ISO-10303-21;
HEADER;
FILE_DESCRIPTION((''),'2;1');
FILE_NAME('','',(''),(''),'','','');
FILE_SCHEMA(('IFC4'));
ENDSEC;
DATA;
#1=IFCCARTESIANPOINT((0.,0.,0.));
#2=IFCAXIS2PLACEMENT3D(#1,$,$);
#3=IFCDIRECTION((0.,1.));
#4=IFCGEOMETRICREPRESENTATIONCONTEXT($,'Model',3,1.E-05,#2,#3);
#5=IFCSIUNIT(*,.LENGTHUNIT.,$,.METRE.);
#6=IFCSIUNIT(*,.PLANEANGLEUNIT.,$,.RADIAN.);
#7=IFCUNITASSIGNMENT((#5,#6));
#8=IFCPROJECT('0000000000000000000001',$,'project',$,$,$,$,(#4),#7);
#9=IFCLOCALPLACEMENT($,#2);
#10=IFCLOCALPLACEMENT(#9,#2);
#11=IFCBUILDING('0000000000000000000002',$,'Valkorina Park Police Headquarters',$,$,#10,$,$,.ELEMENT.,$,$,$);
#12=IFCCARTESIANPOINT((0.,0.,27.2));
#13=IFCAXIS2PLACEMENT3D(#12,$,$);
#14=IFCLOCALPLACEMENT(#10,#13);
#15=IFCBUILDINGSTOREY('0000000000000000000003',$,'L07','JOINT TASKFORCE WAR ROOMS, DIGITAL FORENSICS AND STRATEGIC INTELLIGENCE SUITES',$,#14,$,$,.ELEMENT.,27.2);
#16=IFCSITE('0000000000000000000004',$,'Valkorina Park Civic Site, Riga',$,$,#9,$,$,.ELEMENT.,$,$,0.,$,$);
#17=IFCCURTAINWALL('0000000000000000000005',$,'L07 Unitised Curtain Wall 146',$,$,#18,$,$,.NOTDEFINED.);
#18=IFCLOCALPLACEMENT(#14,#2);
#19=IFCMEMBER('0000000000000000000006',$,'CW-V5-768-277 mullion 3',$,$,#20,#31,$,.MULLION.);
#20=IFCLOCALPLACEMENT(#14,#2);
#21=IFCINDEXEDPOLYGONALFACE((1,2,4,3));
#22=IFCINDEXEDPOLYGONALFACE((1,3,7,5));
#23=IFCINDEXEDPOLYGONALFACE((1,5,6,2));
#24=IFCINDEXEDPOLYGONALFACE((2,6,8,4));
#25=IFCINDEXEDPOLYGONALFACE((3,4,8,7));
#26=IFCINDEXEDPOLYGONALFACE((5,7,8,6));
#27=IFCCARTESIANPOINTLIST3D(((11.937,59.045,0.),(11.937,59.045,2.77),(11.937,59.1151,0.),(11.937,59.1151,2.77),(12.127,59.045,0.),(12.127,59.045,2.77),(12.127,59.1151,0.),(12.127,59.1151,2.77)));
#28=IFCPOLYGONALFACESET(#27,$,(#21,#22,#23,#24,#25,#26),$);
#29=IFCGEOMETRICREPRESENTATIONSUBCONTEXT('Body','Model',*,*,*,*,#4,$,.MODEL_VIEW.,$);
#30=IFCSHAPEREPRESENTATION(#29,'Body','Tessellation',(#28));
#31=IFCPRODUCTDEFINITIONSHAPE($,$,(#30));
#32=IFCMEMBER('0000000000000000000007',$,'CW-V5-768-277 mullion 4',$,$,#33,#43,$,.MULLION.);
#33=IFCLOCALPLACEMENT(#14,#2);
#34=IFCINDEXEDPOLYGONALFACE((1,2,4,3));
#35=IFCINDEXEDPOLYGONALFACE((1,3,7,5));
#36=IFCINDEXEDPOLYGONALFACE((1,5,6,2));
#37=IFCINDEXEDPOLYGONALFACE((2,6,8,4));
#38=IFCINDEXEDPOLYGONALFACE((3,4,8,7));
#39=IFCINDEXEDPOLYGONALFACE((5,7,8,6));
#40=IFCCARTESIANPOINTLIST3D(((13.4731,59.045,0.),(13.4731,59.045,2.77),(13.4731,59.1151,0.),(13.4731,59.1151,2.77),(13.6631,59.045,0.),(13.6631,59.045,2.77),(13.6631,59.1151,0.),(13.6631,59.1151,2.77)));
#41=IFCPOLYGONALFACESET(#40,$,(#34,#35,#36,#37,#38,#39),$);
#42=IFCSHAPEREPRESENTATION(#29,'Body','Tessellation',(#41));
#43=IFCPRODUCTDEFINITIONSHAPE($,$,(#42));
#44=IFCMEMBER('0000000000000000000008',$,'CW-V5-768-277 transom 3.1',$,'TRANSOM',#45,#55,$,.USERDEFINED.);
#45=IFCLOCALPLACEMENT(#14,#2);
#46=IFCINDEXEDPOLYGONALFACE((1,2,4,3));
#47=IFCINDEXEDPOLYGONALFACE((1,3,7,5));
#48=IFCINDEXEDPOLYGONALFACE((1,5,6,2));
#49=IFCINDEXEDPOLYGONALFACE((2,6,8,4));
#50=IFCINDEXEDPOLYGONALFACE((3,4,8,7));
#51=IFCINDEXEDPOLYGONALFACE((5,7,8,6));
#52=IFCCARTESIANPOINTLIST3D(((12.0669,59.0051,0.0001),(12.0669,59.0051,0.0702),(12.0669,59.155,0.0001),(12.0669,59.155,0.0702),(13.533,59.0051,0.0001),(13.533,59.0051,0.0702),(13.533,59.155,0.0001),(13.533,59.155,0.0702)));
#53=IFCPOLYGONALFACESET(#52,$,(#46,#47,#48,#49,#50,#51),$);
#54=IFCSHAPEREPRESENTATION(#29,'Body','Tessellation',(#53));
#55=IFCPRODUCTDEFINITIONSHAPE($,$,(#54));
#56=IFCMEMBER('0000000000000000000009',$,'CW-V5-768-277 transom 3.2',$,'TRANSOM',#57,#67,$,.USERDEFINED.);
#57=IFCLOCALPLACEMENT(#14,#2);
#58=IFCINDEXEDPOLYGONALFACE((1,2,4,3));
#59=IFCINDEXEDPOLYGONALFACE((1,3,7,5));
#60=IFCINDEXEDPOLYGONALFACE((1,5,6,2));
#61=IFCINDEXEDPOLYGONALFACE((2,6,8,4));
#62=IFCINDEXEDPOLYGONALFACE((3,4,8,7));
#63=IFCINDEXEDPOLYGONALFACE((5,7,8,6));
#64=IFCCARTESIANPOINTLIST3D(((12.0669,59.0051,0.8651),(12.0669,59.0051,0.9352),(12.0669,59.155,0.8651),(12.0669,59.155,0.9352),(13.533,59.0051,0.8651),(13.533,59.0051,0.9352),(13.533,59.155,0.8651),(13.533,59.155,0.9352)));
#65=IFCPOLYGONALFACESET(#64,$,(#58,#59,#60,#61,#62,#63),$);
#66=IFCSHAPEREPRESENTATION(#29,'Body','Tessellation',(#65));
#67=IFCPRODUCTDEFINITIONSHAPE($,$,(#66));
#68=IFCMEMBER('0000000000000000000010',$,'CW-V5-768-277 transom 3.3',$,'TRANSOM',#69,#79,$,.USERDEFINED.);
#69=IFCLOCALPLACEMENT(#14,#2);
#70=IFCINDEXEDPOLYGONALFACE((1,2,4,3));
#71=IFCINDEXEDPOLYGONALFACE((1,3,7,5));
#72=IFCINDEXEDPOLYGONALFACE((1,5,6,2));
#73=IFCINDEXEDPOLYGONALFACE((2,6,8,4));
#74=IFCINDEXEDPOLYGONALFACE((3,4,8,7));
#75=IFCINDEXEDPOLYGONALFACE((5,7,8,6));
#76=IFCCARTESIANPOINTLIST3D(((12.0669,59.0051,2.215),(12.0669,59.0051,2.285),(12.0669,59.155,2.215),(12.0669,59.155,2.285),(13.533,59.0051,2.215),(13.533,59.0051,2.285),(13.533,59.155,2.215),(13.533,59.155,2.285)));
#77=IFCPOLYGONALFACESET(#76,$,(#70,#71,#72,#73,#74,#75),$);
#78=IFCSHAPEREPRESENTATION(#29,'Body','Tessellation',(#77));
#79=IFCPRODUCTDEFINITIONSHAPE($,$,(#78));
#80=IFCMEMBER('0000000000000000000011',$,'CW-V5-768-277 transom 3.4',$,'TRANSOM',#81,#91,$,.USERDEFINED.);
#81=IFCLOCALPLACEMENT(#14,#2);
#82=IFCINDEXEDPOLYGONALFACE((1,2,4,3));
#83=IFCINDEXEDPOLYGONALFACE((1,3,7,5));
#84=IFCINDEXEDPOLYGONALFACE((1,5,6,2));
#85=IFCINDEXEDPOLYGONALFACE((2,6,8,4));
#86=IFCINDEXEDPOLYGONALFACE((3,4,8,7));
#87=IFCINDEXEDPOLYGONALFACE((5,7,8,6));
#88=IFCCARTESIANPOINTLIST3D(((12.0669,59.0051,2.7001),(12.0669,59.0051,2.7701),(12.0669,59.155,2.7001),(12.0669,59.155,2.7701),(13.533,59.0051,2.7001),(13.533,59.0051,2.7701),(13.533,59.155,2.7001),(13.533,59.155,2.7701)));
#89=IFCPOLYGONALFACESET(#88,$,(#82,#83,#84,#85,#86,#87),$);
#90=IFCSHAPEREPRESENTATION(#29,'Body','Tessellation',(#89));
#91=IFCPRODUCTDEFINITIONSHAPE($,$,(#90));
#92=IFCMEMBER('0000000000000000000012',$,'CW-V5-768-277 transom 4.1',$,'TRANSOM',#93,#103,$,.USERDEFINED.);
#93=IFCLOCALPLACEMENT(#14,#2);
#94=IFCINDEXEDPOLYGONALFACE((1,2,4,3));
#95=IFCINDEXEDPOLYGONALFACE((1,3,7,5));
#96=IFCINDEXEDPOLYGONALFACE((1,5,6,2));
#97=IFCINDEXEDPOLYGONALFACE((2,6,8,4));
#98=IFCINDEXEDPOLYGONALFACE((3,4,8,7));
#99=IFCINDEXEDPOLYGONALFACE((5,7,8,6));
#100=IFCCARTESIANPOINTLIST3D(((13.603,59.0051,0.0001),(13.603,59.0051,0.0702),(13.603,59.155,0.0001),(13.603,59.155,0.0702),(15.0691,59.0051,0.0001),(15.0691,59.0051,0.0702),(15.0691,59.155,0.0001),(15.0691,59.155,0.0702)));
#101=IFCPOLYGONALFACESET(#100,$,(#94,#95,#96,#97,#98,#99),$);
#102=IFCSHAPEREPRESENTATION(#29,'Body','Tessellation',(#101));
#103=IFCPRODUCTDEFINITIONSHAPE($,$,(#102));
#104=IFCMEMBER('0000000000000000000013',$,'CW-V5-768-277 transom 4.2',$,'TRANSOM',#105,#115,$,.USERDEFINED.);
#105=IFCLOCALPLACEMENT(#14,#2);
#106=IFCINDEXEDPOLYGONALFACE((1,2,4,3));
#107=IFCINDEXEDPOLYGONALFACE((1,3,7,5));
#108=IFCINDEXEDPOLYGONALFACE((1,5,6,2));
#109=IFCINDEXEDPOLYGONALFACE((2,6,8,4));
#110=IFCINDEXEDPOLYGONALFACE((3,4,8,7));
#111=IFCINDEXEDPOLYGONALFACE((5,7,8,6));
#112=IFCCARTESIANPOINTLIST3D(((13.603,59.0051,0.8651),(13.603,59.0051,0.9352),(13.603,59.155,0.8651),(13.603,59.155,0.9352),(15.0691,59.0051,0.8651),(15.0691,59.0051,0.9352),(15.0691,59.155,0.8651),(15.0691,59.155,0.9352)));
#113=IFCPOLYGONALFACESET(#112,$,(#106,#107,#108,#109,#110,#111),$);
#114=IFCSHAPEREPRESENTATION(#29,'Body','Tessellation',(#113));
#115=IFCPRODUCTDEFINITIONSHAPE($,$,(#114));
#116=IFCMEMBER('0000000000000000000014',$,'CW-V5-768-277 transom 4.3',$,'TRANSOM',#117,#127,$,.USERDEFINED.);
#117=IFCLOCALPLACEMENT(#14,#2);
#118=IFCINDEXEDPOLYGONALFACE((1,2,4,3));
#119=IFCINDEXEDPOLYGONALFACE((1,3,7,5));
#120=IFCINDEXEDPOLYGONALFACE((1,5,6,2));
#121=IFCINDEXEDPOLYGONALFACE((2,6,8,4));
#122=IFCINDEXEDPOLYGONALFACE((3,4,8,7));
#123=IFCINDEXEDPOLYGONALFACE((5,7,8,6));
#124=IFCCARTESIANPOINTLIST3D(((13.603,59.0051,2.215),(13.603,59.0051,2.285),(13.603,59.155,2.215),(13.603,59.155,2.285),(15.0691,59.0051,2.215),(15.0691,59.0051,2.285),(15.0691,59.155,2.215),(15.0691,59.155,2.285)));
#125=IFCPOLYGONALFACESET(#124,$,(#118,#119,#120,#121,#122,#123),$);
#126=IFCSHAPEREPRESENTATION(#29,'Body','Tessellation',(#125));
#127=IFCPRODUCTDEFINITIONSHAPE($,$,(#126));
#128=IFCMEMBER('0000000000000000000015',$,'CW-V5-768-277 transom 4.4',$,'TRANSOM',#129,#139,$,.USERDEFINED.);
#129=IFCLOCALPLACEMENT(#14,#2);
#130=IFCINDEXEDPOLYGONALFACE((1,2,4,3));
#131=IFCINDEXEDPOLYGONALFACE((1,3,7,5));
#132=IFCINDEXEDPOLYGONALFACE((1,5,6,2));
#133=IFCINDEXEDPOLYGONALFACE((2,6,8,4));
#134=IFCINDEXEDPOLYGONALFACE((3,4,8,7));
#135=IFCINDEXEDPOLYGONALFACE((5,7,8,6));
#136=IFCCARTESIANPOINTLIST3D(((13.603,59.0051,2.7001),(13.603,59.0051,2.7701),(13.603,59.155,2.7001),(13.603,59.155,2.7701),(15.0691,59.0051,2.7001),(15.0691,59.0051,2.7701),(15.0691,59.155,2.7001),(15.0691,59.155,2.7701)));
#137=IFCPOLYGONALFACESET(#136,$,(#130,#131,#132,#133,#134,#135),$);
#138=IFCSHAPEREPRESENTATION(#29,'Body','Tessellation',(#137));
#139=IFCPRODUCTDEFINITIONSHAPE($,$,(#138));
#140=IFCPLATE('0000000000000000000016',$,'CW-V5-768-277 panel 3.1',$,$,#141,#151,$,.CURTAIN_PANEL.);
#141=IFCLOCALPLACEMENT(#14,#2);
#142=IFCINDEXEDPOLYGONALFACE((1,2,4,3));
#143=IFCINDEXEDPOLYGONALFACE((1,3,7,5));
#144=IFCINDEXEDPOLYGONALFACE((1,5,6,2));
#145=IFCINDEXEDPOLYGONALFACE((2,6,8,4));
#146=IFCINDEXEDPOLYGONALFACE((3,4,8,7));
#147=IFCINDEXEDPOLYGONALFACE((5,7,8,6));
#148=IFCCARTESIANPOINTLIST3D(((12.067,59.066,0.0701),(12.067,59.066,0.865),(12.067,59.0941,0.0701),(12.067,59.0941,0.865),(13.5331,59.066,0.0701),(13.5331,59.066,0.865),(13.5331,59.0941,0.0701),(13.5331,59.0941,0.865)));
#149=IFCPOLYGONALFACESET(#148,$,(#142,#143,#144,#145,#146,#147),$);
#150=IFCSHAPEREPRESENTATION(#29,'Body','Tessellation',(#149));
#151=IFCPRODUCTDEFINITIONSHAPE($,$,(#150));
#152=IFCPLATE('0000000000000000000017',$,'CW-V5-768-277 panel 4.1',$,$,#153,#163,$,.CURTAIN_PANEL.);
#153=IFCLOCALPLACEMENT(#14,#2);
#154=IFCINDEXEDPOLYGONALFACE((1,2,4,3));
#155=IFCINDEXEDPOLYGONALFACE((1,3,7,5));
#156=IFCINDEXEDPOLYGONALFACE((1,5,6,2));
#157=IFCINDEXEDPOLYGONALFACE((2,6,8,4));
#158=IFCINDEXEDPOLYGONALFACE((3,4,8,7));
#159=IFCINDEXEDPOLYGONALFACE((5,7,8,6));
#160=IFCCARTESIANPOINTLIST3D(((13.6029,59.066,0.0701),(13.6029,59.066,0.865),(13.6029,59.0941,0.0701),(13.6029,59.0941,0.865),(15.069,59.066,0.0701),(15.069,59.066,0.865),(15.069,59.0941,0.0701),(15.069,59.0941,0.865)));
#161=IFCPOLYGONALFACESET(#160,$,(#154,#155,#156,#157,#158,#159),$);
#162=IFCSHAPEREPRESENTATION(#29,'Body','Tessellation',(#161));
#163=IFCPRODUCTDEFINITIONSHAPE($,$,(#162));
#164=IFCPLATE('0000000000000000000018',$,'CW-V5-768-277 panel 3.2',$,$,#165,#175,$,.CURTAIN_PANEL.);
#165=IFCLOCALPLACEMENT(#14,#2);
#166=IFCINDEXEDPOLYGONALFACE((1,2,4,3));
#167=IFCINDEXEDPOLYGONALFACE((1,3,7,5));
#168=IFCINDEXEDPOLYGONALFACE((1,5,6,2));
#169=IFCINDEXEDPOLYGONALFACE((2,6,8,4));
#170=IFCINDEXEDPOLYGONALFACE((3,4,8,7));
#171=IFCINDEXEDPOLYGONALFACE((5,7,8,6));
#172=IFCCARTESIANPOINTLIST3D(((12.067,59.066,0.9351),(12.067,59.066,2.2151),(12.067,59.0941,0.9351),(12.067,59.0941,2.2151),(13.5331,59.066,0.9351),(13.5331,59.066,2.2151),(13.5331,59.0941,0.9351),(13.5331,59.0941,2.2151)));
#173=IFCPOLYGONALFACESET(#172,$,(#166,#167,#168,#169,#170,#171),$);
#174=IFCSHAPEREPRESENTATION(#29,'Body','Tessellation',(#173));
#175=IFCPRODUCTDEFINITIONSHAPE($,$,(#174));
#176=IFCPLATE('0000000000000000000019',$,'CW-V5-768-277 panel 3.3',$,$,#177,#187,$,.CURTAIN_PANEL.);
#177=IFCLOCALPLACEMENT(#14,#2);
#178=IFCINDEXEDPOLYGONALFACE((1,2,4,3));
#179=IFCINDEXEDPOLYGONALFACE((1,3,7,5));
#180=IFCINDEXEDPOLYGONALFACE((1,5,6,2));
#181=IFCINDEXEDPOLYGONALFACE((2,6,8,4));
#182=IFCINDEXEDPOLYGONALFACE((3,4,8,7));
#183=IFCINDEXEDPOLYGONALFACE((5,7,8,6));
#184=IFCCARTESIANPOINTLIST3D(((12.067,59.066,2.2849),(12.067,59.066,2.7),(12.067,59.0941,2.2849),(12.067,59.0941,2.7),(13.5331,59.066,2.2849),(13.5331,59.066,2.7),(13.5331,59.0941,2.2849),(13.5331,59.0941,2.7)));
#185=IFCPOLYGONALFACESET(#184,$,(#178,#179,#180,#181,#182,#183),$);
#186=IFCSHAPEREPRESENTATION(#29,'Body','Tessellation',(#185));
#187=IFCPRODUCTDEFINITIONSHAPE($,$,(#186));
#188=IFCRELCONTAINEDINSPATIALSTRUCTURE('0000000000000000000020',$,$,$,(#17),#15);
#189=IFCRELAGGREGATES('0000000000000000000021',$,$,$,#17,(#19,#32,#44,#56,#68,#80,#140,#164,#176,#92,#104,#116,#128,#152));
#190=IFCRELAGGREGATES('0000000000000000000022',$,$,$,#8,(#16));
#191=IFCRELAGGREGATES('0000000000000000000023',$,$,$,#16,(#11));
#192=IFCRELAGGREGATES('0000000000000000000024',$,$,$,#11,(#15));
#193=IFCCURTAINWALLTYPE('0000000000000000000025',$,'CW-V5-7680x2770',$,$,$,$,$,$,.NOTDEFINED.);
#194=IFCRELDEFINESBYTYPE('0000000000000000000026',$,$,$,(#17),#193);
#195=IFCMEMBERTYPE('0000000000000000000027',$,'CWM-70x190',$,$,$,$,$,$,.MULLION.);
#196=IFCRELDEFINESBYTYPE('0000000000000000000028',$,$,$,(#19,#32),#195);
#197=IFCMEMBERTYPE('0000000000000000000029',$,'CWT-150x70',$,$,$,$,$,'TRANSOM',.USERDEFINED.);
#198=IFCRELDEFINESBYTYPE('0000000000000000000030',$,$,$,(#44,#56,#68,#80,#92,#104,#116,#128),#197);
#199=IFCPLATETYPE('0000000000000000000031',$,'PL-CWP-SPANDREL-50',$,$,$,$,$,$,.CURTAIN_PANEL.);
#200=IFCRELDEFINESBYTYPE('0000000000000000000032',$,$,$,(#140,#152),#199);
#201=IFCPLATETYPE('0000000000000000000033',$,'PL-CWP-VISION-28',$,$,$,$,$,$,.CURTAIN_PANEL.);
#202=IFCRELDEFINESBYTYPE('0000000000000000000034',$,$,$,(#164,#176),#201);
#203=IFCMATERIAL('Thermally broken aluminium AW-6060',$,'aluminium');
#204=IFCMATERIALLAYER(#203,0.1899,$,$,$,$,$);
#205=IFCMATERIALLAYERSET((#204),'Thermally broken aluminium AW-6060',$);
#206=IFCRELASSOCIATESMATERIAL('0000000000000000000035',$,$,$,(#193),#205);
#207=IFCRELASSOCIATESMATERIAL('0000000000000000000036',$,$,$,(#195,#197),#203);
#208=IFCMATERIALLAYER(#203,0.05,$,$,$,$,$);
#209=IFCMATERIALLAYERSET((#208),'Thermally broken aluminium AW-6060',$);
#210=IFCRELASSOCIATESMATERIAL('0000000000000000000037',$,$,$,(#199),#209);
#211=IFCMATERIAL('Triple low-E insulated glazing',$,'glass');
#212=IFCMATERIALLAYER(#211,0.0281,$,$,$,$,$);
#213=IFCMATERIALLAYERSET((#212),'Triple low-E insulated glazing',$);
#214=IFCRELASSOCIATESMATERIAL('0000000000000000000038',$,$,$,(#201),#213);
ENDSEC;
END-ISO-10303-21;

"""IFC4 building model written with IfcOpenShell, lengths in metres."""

from ifc_helpers import new_model, si_unit, direction, frame, origin, origin_2d, place, context, subcontext, project, spatial, rectangle, extrude, material, layer, layer_set, material_profile, profile_set, type_object, element, aggregate, save


model = new_model("IFC4")

# Units and contexts
model_context = context("Model", 3, precision=1e-05, world=origin(), true_north=direction((0.0, 1.0)))
body_context = subcontext(model_context, "Body", "Model", "MODEL_VIEW")
ifc_project = project(units=[si_unit("LENGTHUNIT", "METRE"), si_unit("PLANEANGLEUNIT", "RADIAN")], contexts=[model_context])

# Site, building, storey
site_placement = place(None, origin())
site = spatial("IfcSite", under=ifc_project, at=site_placement, Name="Valkorina Park Civic Site, Riga", CompositionType="ELEMENT", RefElevation=0.0)
building_placement = place(site_placement, origin())
building = spatial("IfcBuilding", under=site, at=building_placement, Name="Valkorina Park Police Headquarters", CompositionType="ELEMENT")
storey_placement = place(building_placement, frame((0.0, 0.0, 27.2)))
storey = spatial("IfcBuildingStorey", under=building, at=storey_placement, Name="L07", Description="JOINT TASKFORCE WAR ROOMS, DIGITAL FORENSICS AND STRATEGIC INTELLIGENCE SUITES", CompositionType="ELEMENT", Elevation=27.2)

# Curtain wall, members, plates
ifc_material_1 = material(Name="Thermally broken aluminium AW-6060", Category="aluminium")
ifc_layer_1 = layer(ifc_material_1, 0.1899)
ifc_layer_set_1 = layer_set([ifc_layer_1], Name="Thermally broken aluminium AW-6060")
curtain_wall_type = type_object("IfcCurtainWallType", Name="CW-V5-7680x2770", PredefinedType="NOTDEFINED", material=ifc_layer_set_1)
curtain_wall_placement = place(storey_placement, origin())
curtain_wall = element("IfcCurtainWall", 1, at=curtain_wall_placement, inside=storey, type_object=curtain_wall_type, Name="L07 Unitised Curtain Wall 146", PredefinedType="NOTDEFINED")
ifc_material_profile_1 = material_profile(ifc_material_1, rectangle(XDim=0.0701, YDim=0.1899, at=origin_2d()), Name="CWM-02 70x190")
ifc_profile_set_1 = profile_set([ifc_material_profile_1], Name="Thermally broken aluminium AW-6060")
member_type_1 = type_object("IfcMemberType", Name="CWM-70x190", PredefinedType="MULLION", material=ifc_profile_set_1)
member_1_placement = place(storey_placement, frame((12.032, 59.0801, 0.0), z_axis=(0.0, 0.0, 1.0), x_axis=(0.0, 1.0, 0.0)))
member_1 = element("IfcMember", 2, at=member_1_placement, type_object=member_type_1, Name="CW-V5-768-277 mullion 3", PredefinedType="MULLION", context=body_context, shape_type="SweptSolid", body=[
    extrude(rectangle(XDim=0.0701, YDim=0.1899, at=origin_2d()), origin(), (0.0, 0.0, 1.0), 2.77),
])
member_2_placement = place(storey_placement, frame((13.5681, 59.0801, 0.0), z_axis=(0.0, 0.0, 1.0), x_axis=(0.0, 1.0, 0.0)))
member_2 = element("IfcMember", 3, at=member_2_placement, type_object=member_type_1, Name="CW-V5-768-277 mullion 4", PredefinedType="MULLION", context=body_context, shape_type="SweptSolid", body=[
    extrude(rectangle(XDim=0.0701, YDim=0.1899, at=origin_2d()), origin(), (0.0, 0.0, 1.0), 2.77),
])
ifc_material_profile_2 = material_profile(ifc_material_1, rectangle(XDim=0.1499, YDim=0.0701, at=origin_2d()), Name="CWT-02 150x70")
ifc_profile_set_2 = profile_set([ifc_material_profile_2], Name="Thermally broken aluminium AW-6060")
member_type_2 = type_object("IfcMemberType", Name="CWT-150x70", ElementType="TRANSOM", PredefinedType="USERDEFINED", material=ifc_profile_set_2)
member_3_placement = place(storey_placement, frame((12.0669, 59.0801, 0.0352), z_axis=(1.0, 0.0, 0.0), x_axis=(0.0, 1.0, 0.0)))
member_3 = element("IfcMember", 4, at=member_3_placement, type_object=member_type_2, Name="CW-V5-768-277 transom 3.1", ObjectType="TRANSOM", PredefinedType="USERDEFINED", context=body_context, shape_type="SweptSolid", body=[
    extrude(rectangle(XDim=0.1499, YDim=0.0701, at=origin_2d()), origin(), (0.0, 0.0, 1.0), 1.4661),
])
member_4_placement = place(storey_placement, frame((12.0669, 59.0801, 0.9001), z_axis=(1.0, 0.0, 0.0), x_axis=(0.0, 1.0, 0.0)))
member_4 = element("IfcMember", 5, at=member_4_placement, type_object=member_type_2, Name="CW-V5-768-277 transom 3.2", ObjectType="TRANSOM", PredefinedType="USERDEFINED", context=body_context, shape_type="SweptSolid", body=[
    extrude(rectangle(XDim=0.1499, YDim=0.0701, at=origin_2d()), origin(), (0.0, 0.0, 1.0), 1.4661),
])
member_5_placement = place(storey_placement, frame((12.0669, 59.0801, 2.25), z_axis=(1.0, 0.0, 0.0), x_axis=(0.0, 1.0, 0.0)))
member_5 = element("IfcMember", 6, at=member_5_placement, type_object=member_type_2, Name="CW-V5-768-277 transom 3.3", ObjectType="TRANSOM", PredefinedType="USERDEFINED", context=body_context, shape_type="SweptSolid", body=[
    extrude(rectangle(XDim=0.1499, YDim=0.0701, at=origin_2d()), origin(), (0.0, 0.0, 1.0), 1.4661),
])
member_6_placement = place(storey_placement, frame((12.0669, 59.0801, 2.7351), z_axis=(1.0, 0.0, 0.0), x_axis=(0.0, 1.0, 0.0)))
member_6 = element("IfcMember", 7, at=member_6_placement, type_object=member_type_2, Name="CW-V5-768-277 transom 3.4", ObjectType="TRANSOM", PredefinedType="USERDEFINED", context=body_context, shape_type="SweptSolid", body=[
    extrude(rectangle(XDim=0.1499, YDim=0.0701, at=origin_2d()), origin(), (0.0, 0.0, 1.0), 1.4661),
])
member_7_placement = place(storey_placement, frame((13.603, 59.0801, 0.0352), z_axis=(1.0, 0.0, 0.0), x_axis=(0.0, 1.0, 0.0)))
member_7 = element("IfcMember", 8, at=member_7_placement, type_object=member_type_2, Name="CW-V5-768-277 transom 4.1", ObjectType="TRANSOM", PredefinedType="USERDEFINED", context=body_context, shape_type="SweptSolid", body=[
    extrude(rectangle(XDim=0.1499, YDim=0.0701, at=origin_2d()), origin(), (0.0, 0.0, 1.0), 1.4661),
])
member_8_placement = place(storey_placement, frame((13.603, 59.0801, 0.9001), z_axis=(1.0, 0.0, 0.0), x_axis=(0.0, 1.0, 0.0)))
member_8 = element("IfcMember", 9, at=member_8_placement, type_object=member_type_2, Name="CW-V5-768-277 transom 4.2", ObjectType="TRANSOM", PredefinedType="USERDEFINED", context=body_context, shape_type="SweptSolid", body=[
    extrude(rectangle(XDim=0.1499, YDim=0.0701, at=origin_2d()), origin(), (0.0, 0.0, 1.0), 1.4661),
])
member_9_placement = place(storey_placement, frame((13.603, 59.0801, 2.25), z_axis=(1.0, 0.0, 0.0), x_axis=(0.0, 1.0, 0.0)))
member_9 = element("IfcMember", 10, at=member_9_placement, type_object=member_type_2, Name="CW-V5-768-277 transom 4.3", ObjectType="TRANSOM", PredefinedType="USERDEFINED", context=body_context, shape_type="SweptSolid", body=[
    extrude(rectangle(XDim=0.1499, YDim=0.0701, at=origin_2d()), origin(), (0.0, 0.0, 1.0), 1.4661),
])
member_10_placement = place(storey_placement, frame((13.603, 59.0801, 2.7351), z_axis=(1.0, 0.0, 0.0), x_axis=(0.0, 1.0, 0.0)))
member_10 = element("IfcMember", 11, at=member_10_placement, type_object=member_type_2, Name="CW-V5-768-277 transom 4.4", ObjectType="TRANSOM", PredefinedType="USERDEFINED", context=body_context, shape_type="SweptSolid", body=[
    extrude(rectangle(XDim=0.1499, YDim=0.0701, at=origin_2d()), origin(), (0.0, 0.0, 1.0), 1.4661),
])
ifc_layer_2 = layer(ifc_material_1, 0.05)
ifc_layer_set_2 = layer_set([ifc_layer_2], Name="Thermally broken aluminium AW-6060")
plate_type_1 = type_object("IfcPlateType", Name="PL-CWP-SPANDREL-50", PredefinedType="CURTAIN_PANEL", material=ifc_layer_set_2)
plate_1_placement = place(storey_placement, frame((12.8, 59.0801, 0.0701), z_axis=(0.0, 0.0, 1.0), x_axis=(1.0, 0.0, 0.0)))
plate_1 = element("IfcPlate", 12, at=plate_1_placement, type_object=plate_type_1, Name="CW-V5-768-277 panel 3.1", PredefinedType="CURTAIN_PANEL", context=body_context, shape_type="SweptSolid", body=[
    extrude(rectangle(XDim=1.4661, YDim=0.0281, at=origin_2d()), origin(), (0.0, 0.0, 1.0), 0.7949),
])
plate_2_placement = place(storey_placement, frame((14.3359, 59.0801, 0.0701), z_axis=(0.0, 0.0, 1.0), x_axis=(1.0, 0.0, 0.0)))
plate_2 = element("IfcPlate", 13, at=plate_2_placement, type_object=plate_type_1, Name="CW-V5-768-277 panel 4.1", PredefinedType="CURTAIN_PANEL", context=body_context, shape_type="SweptSolid", body=[
    extrude(rectangle(XDim=1.4661, YDim=0.0281, at=origin_2d()), origin(), (0.0, 0.0, 1.0), 0.7949),
])
ifc_material_2 = material(Name="Triple low-E insulated glazing", Category="glass")
ifc_layer_3 = layer(ifc_material_2, 0.0281)
ifc_layer_set_3 = layer_set([ifc_layer_3], Name="Triple low-E insulated glazing")
plate_type_2 = type_object("IfcPlateType", Name="PL-CWP-VISION-28", PredefinedType="CURTAIN_PANEL", material=ifc_layer_set_3)
plate_3_placement = place(storey_placement, frame((12.8, 59.0801, 0.9351), z_axis=(0.0, 0.0, 1.0), x_axis=(1.0, 0.0, 0.0)))
plate_3 = element("IfcPlate", 14, at=plate_3_placement, type_object=plate_type_2, Name="CW-V5-768-277 panel 3.2", PredefinedType="CURTAIN_PANEL", context=body_context, shape_type="SweptSolid", body=[
    extrude(rectangle(XDim=1.4661, YDim=0.0281, at=origin_2d()), origin(), (0.0, 0.0, 1.0), 1.28),
])
plate_4_placement = place(storey_placement, frame((12.8, 59.0801, 2.2849), z_axis=(0.0, 0.0, 1.0), x_axis=(1.0, 0.0, 0.0)))
plate_4 = element("IfcPlate", 15, at=plate_4_placement, type_object=plate_type_2, Name="CW-V5-768-277 panel 3.3", PredefinedType="CURTAIN_PANEL", context=body_context, shape_type="SweptSolid", body=[
    extrude(rectangle(XDim=1.4661, YDim=0.0281, at=origin_2d()), origin(), (0.0, 0.0, 1.0), 0.415),
])
aggregate(curtain_wall, [member_1, member_2, member_3, member_4, member_5, member_6, plate_1, plate_3, plate_4, member_7, member_8, member_9, member_10, plate_2])

save(model, "model.ifc")
